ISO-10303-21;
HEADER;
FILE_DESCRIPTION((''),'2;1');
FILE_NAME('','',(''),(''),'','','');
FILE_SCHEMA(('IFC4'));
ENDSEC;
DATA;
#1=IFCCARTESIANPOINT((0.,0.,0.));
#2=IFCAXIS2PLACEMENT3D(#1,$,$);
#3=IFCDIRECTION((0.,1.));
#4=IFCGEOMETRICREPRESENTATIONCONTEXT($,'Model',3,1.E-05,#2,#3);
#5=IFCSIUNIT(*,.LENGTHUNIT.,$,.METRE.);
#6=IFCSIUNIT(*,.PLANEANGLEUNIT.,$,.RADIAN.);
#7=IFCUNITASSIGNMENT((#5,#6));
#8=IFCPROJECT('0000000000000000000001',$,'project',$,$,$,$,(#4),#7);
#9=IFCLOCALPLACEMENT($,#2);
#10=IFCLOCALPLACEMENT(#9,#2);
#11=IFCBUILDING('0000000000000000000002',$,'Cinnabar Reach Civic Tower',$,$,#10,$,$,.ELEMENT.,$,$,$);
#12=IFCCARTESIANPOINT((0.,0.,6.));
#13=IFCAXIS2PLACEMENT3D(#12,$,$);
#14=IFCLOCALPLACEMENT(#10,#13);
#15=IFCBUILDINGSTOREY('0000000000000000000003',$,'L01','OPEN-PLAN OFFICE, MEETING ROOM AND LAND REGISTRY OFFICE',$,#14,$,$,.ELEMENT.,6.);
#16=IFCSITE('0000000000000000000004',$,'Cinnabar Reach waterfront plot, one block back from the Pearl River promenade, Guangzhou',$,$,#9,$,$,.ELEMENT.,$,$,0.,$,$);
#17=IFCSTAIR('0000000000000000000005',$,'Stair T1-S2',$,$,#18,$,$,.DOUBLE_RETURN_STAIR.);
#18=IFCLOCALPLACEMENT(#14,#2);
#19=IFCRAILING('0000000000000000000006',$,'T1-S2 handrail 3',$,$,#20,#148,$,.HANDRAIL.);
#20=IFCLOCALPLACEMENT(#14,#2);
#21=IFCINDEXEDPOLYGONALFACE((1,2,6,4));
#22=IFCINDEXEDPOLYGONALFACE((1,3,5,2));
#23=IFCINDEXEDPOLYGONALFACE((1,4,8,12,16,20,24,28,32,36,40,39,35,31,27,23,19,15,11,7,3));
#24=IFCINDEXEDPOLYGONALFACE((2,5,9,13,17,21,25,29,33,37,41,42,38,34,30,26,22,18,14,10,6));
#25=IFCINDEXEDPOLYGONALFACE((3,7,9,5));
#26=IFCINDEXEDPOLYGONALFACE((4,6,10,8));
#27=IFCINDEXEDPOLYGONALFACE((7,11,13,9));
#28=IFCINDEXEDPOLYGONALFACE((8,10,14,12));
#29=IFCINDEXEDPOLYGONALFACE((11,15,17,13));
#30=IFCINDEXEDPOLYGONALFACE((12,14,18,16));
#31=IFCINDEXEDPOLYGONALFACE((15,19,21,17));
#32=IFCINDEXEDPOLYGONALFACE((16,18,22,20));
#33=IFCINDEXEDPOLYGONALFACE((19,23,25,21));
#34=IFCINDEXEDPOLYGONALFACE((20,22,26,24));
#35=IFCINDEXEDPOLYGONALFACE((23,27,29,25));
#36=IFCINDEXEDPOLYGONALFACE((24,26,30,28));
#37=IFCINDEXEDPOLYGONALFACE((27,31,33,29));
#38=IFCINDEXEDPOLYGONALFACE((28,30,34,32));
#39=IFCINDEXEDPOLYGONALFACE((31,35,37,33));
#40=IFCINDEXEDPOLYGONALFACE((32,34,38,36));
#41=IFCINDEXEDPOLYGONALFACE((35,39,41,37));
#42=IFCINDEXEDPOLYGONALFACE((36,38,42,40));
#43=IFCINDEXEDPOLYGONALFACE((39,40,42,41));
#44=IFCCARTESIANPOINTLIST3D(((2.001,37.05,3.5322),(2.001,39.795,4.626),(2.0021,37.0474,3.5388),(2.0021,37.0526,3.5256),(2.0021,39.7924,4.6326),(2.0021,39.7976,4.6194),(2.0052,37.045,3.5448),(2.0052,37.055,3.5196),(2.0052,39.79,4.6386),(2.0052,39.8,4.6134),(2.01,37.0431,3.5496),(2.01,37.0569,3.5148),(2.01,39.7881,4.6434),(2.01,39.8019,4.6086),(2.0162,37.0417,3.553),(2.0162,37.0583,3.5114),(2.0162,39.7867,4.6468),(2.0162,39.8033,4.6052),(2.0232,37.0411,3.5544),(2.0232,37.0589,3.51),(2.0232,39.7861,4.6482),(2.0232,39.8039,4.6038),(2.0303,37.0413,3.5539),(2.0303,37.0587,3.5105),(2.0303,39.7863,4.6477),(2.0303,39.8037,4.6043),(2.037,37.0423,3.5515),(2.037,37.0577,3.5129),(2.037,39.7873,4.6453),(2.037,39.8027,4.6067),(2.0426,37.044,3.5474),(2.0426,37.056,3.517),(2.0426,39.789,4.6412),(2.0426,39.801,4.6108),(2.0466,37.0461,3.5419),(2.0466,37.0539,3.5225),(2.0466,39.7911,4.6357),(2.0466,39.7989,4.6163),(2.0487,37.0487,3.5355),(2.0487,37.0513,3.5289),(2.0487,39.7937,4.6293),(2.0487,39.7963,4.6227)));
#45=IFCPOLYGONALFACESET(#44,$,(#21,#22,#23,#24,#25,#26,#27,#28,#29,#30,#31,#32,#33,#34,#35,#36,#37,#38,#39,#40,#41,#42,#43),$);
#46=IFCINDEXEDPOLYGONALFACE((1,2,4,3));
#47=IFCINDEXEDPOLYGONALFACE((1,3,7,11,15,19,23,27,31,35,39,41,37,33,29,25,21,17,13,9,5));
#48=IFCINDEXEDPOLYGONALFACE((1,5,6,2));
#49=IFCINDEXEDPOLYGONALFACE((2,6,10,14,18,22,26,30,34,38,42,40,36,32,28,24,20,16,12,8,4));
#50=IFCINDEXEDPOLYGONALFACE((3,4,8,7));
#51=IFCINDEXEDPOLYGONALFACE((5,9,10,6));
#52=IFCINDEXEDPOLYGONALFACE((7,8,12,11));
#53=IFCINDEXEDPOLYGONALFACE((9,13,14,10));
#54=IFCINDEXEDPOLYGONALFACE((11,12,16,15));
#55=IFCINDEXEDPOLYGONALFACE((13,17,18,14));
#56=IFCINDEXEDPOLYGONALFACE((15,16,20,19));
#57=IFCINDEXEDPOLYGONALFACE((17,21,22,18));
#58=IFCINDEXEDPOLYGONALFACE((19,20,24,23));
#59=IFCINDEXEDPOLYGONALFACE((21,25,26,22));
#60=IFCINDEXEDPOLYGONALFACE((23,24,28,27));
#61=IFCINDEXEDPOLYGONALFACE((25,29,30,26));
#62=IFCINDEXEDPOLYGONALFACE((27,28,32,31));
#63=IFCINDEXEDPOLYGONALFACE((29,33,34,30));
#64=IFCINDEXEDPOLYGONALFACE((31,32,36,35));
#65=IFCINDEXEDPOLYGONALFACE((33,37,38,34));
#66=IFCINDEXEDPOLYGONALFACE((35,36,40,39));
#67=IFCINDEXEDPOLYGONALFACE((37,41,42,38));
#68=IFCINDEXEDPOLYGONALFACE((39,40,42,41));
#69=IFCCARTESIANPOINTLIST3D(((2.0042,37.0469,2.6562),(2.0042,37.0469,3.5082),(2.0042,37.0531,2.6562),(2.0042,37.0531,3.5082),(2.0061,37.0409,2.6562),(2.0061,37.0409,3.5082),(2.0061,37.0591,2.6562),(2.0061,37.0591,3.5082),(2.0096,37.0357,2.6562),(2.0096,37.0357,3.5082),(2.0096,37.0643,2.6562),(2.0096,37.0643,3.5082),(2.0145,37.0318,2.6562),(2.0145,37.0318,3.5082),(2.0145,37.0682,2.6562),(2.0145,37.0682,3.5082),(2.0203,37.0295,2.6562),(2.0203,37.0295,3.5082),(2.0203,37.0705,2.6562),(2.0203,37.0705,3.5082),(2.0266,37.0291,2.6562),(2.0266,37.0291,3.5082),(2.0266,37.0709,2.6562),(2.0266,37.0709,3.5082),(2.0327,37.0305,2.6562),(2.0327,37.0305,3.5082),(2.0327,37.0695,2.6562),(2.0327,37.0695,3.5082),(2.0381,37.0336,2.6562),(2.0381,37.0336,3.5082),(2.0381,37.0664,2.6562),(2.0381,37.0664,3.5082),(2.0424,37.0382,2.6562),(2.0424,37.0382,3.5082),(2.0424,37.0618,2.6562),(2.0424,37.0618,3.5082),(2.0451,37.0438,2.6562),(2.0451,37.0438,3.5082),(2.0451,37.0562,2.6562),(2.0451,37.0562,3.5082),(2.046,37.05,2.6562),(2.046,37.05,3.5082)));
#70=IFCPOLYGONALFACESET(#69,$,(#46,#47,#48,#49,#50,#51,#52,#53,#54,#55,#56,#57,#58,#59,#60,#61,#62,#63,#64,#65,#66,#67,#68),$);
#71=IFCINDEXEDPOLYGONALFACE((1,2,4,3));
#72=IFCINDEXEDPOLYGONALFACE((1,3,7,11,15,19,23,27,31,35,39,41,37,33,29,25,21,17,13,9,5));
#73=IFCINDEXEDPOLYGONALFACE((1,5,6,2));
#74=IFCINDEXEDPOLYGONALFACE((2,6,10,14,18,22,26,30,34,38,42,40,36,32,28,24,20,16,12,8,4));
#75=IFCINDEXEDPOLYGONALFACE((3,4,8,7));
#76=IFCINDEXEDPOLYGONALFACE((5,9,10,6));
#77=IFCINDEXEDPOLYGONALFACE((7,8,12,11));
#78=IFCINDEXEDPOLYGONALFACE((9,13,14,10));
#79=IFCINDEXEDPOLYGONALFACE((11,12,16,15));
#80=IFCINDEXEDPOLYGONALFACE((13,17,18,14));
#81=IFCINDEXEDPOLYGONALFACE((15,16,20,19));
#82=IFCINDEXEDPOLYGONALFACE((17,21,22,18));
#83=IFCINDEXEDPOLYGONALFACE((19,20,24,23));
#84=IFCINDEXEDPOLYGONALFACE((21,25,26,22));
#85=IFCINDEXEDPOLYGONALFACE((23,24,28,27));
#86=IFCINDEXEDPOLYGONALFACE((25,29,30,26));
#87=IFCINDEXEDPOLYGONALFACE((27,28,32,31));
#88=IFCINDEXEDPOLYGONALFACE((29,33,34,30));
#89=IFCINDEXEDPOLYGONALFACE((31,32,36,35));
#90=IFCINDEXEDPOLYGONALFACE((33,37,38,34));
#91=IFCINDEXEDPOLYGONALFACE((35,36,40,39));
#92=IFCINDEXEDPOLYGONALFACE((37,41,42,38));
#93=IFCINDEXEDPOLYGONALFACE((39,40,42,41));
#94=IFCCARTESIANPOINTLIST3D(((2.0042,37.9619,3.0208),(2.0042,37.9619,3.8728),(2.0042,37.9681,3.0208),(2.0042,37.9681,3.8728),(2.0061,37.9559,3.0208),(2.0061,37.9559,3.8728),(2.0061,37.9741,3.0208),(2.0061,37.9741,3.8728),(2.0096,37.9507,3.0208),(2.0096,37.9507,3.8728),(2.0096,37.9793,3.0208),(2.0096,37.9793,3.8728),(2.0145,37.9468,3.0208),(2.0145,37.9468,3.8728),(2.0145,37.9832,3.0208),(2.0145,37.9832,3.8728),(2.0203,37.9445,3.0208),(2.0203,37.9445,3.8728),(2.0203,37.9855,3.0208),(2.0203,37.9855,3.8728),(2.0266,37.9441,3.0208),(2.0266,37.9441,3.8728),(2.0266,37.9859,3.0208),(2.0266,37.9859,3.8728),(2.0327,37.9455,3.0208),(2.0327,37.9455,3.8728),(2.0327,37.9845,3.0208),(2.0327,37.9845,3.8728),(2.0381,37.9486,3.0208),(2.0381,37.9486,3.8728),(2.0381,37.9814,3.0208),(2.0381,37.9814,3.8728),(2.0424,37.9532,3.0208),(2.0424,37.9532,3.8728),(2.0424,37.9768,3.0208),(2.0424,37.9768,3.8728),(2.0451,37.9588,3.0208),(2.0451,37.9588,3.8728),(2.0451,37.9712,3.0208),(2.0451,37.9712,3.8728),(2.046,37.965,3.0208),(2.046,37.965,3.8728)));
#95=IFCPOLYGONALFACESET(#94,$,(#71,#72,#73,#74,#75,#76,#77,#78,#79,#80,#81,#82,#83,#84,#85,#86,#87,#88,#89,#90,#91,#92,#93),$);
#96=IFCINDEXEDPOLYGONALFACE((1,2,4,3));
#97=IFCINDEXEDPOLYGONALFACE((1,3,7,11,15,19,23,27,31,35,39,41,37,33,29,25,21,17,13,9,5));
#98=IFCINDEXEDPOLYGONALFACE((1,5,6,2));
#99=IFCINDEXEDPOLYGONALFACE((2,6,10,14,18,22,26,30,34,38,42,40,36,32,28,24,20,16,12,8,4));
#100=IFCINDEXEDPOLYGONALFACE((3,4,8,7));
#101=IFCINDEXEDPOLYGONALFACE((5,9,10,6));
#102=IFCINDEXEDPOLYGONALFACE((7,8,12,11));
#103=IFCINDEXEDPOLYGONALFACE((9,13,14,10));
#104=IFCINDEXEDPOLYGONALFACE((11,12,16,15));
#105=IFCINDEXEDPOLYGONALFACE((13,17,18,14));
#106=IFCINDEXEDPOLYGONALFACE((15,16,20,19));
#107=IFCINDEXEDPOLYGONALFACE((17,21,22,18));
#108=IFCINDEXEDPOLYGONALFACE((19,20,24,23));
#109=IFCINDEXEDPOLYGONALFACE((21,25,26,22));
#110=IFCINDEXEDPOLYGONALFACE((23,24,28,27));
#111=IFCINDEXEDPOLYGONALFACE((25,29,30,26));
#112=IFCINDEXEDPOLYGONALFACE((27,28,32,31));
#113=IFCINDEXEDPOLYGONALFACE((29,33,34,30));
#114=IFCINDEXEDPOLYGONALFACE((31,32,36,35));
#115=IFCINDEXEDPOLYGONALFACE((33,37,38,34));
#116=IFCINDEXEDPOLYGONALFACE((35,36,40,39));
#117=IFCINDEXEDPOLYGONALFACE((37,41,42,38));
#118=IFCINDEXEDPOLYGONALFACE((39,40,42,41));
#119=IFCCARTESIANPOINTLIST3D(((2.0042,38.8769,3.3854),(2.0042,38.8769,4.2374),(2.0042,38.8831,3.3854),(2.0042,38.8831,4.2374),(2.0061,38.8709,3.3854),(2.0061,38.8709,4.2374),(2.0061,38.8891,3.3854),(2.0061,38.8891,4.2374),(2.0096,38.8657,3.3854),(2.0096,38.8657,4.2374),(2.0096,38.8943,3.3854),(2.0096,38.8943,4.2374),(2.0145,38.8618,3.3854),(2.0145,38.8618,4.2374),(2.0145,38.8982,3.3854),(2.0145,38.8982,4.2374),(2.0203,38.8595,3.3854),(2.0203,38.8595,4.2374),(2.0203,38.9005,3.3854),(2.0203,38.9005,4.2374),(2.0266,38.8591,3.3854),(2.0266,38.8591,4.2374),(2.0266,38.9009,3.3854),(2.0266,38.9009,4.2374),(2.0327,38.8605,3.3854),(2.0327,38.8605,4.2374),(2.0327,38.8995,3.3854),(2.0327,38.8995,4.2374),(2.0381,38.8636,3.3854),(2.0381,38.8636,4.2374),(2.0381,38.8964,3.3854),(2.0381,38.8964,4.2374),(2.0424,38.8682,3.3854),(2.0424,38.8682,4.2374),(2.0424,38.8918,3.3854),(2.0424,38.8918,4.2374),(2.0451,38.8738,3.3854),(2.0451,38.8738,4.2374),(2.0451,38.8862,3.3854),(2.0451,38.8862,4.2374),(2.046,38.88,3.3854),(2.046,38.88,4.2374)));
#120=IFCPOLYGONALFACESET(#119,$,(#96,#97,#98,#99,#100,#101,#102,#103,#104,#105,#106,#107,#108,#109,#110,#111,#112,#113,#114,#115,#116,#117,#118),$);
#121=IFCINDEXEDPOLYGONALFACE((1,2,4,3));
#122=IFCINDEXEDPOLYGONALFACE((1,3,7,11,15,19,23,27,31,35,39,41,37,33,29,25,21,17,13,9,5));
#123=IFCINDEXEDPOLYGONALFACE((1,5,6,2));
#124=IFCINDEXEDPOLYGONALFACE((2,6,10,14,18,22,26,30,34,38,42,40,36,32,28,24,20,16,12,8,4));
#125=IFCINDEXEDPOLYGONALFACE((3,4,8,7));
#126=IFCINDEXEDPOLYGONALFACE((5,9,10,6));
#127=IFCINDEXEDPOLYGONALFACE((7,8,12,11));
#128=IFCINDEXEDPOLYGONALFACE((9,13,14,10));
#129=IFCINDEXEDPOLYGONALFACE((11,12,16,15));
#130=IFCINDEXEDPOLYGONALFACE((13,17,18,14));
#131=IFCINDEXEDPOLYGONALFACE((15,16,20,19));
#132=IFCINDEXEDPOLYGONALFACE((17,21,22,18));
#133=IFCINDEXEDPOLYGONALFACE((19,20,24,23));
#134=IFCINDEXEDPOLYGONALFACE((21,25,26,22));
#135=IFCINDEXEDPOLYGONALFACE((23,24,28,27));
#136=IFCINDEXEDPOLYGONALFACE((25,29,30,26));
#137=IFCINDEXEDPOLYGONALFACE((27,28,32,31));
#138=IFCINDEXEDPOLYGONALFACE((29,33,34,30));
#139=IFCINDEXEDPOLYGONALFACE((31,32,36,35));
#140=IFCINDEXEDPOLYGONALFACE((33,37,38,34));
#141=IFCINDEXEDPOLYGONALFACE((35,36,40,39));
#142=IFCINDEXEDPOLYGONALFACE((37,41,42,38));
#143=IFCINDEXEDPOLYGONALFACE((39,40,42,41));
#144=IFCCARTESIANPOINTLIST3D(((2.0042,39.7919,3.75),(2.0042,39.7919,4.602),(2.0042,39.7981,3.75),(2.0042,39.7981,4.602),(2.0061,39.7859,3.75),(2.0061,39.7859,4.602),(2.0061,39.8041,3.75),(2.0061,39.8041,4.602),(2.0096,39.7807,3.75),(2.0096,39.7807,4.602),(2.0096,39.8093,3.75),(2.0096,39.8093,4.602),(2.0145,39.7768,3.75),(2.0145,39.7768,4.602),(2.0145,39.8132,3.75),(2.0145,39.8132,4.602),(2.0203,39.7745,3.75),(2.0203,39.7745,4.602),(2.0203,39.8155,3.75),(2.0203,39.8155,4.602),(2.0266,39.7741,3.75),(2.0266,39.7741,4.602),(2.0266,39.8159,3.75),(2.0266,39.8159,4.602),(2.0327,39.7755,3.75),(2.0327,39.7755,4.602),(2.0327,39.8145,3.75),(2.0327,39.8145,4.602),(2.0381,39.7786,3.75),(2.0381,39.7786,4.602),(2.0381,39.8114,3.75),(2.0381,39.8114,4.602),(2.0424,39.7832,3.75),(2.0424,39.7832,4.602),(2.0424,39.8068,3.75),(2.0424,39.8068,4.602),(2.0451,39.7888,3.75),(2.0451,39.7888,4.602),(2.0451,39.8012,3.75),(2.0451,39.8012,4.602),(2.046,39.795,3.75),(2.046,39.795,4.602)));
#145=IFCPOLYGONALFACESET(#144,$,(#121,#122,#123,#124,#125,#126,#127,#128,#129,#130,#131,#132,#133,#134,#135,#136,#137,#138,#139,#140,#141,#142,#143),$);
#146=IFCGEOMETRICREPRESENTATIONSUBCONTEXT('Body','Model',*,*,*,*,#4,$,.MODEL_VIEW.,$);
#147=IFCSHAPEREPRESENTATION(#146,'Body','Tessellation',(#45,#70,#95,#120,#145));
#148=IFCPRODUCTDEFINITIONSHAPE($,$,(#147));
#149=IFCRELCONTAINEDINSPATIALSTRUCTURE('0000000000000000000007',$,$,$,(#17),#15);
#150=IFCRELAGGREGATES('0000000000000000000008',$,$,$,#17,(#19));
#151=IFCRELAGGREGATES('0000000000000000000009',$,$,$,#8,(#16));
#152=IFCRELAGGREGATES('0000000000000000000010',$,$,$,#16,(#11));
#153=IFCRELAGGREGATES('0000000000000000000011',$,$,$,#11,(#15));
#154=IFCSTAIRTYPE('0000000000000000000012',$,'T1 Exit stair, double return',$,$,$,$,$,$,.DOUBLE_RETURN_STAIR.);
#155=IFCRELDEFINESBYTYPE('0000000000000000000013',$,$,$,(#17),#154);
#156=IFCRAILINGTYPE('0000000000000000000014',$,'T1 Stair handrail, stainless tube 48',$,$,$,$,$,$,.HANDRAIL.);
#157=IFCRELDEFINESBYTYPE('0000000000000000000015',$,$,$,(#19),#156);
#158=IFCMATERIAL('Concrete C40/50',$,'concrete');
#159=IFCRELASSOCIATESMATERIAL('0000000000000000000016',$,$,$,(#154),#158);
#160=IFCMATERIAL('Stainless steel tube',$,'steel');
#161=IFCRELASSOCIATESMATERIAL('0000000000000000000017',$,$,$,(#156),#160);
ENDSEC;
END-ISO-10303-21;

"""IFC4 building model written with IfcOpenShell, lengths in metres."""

from ifc_helpers import new_model, si_unit, direction, frame, origin, origin_2d, place, context, subcontext, project, spatial, circle, extrude, material, type_object, element, aggregate, save


model = new_model("IFC4")

# Units and contexts
model_context = context("Model", 3, precision=1e-05, world=origin(), true_north=direction((0.0, 1.0)))
body_context = subcontext(model_context, "Body", "Model", "MODEL_VIEW")
ifc_project = project(units=[si_unit("LENGTHUNIT", "METRE"), si_unit("PLANEANGLEUNIT", "RADIAN")], contexts=[model_context])

# Site, building, storey
site_placement = place(None, origin())
site = spatial("IfcSite", under=ifc_project, at=site_placement, Name="Cinnabar Reach waterfront plot, one block back from the Pearl River promenade, Guangzhou", CompositionType="ELEMENT", RefElevation=0.0)
building_placement = place(site_placement, origin())
building = spatial("IfcBuilding", under=site, at=building_placement, Name="Cinnabar Reach Civic Tower", CompositionType="ELEMENT")
storey_placement = place(building_placement, frame((0.0, 0.0, 6.0)))
storey = spatial("IfcBuildingStorey", under=building, at=storey_placement, Name="L01", Description="OPEN-PLAN OFFICE, MEETING ROOM AND LAND REGISTRY OFFICE", CompositionType="ELEMENT", Elevation=6.0)

# Shared definitions
ifc_material_1 = material(Name="Concrete C40/50", Category="concrete")

# Stair, railing
stair_type = type_object("IfcStairType", Name="T1 Exit stair, double return", PredefinedType="DOUBLE_RETURN_STAIR", material=ifc_material_1)
stair_placement = place(storey_placement, origin())
stair = element("IfcStair", 1, at=stair_placement, inside=storey, type_object=stair_type, Name="Stair T1-S2", PredefinedType="DOUBLE_RETURN_STAIR")
ifc_material_2 = material(Name="Stainless steel tube", Category="steel")
railing_type = type_object("IfcRailingType", Name="T1 Stair handrail, stainless tube 48", PredefinedType="HANDRAIL", material=ifc_material_2)
railing_1_placement = place(storey_placement, frame((2.025, 37.05, 2.6562)))
railing_1 = element("IfcRailing", 2, at=railing_1_placement, type_object=railing_type, Name="T1-S2 handrail 3", PredefinedType="HANDRAIL", context=body_context, shape_type="SweptSolid", body=[
    extrude(circle(Radius=0.024, at=origin_2d()), frame((0.0, 0.0, 0.876), z_axis=(0.0, 0.928966, 0.370165), x_axis=(-1.0, 0.0, 0.0)), (0.0, 0.0, 1.0), 2.9549),
    extrude(circle(Radius=0.021, at=origin_2d()), origin(), (0.0, 0.0, 1.0), 0.852),
    extrude(circle(Radius=0.021, at=origin_2d()), frame((0.0, 0.915, 0.3646)), (0.0, 0.0, 1.0), 0.852),
    extrude(circle(Radius=0.021, at=origin_2d()), frame((0.0, 1.83, 0.7292)), (0.0, 0.0, 1.0), 0.852),
    extrude(circle(Radius=0.021, at=origin_2d()), frame((0.0, 2.745, 1.0938)), (0.0, 0.0, 1.0), 0.852),
])
aggregate(stair, [railing_1])

save(model, "model.ifc")
